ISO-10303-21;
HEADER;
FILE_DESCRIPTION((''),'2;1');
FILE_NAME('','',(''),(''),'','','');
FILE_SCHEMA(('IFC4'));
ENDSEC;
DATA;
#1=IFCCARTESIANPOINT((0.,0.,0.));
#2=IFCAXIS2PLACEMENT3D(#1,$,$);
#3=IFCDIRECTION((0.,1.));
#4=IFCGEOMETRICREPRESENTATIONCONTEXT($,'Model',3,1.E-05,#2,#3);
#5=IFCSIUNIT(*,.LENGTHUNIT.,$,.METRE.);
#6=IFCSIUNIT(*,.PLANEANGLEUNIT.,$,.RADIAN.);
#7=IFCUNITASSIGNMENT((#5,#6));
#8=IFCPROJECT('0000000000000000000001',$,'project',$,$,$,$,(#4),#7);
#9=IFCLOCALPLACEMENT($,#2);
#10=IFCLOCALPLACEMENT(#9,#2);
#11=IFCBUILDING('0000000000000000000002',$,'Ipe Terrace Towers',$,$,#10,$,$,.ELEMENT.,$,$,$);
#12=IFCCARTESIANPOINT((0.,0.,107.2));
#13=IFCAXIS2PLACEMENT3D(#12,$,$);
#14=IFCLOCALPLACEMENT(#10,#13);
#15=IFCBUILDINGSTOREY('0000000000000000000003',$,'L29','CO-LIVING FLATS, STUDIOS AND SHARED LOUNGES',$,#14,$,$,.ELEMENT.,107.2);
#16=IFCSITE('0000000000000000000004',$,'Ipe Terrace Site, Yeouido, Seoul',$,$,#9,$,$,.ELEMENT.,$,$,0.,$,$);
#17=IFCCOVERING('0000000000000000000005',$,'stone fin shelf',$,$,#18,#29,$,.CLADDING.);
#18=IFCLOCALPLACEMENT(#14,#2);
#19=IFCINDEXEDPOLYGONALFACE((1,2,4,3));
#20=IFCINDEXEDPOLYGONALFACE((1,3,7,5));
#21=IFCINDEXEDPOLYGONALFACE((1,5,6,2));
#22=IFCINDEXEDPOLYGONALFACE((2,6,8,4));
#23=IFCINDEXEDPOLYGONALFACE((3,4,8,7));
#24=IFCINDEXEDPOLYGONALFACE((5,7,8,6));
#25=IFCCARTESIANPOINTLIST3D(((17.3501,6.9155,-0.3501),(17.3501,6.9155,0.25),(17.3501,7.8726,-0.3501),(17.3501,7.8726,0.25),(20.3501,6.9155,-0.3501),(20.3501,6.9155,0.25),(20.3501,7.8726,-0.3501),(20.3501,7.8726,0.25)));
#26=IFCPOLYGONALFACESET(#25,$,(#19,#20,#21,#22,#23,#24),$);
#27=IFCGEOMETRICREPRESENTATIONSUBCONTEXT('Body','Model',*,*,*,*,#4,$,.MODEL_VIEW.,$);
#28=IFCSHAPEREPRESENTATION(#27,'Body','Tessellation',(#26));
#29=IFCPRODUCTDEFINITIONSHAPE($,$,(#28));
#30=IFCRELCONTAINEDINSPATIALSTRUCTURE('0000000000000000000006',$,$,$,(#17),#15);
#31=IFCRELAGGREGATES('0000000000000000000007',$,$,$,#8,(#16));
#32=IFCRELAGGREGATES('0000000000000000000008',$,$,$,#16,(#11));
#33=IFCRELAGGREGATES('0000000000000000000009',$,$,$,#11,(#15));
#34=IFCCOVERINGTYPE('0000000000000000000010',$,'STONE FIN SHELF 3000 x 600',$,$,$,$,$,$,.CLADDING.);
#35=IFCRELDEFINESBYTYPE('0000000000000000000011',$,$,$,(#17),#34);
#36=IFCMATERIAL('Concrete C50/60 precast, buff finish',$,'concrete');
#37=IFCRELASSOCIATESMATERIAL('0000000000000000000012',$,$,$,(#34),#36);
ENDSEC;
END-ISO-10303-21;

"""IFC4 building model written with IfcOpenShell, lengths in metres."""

from ifc_helpers import new_model, si_unit, direction, frame, origin, origin_2d, place, context, subcontext, project, spatial, rectangle, extrude, material, type_object, element, save


model = new_model("IFC4")

# Units and contexts
model_context = context("Model", 3, precision=1e-05, world=origin(), true_north=direction((0.0, 1.0)))
body_context = subcontext(model_context, "Body", "Model", "MODEL_VIEW")
ifc_project = project(units=[si_unit("LENGTHUNIT", "METRE"), si_unit("PLANEANGLEUNIT", "RADIAN")], contexts=[model_context])

# Site, building, storey
site_placement = place(None, origin())
site = spatial("IfcSite", under=ifc_project, at=site_placement, Name="Ipe Terrace Site, Yeouido, Seoul", CompositionType="ELEMENT", RefElevation=0.0)
building_placement = place(site_placement, origin())
building = spatial("IfcBuilding", under=site, at=building_placement, Name="Ipe Terrace Towers", CompositionType="ELEMENT")
storey_placement = place(building_placement, frame((0.0, 0.0, 107.2)))
storey = spatial("IfcBuildingStorey", under=building, at=storey_placement, Name="L29", Description="CO-LIVING FLATS, STUDIOS AND SHARED LOUNGES", CompositionType="ELEMENT", Elevation=107.2)

# Covering
ifc_material_1 = material(Name="Concrete C50/60 precast, buff finish", Category="concrete")
covering_type_1 = type_object("IfcCoveringType", Name="STONE FIN SHELF 3000 x 600", PredefinedType="CLADDING", material=ifc_material_1)
for number, where, z_axis, x_axis, name in (
    (1, (18.8501, 7.394, -0.3501), (0.0, 0.0, 1.0), (-1.0, 0.0, 0.0), "stone fin shelf"),
):
    element("IfcCovering", number, at=place(storey_placement, frame(where, z_axis=z_axis, x_axis=x_axis)), inside=storey, type_object=covering_type_1, Name=name, PredefinedType="CLADDING", context=body_context, shape_type="SweptSolid", body=[
        extrude(rectangle(XDim=3.0, YDim=0.957, at=origin_2d()), origin(), (0.0, 0.0, 1.0), 0.6001),
    ])

save(model, "model.ifc")
